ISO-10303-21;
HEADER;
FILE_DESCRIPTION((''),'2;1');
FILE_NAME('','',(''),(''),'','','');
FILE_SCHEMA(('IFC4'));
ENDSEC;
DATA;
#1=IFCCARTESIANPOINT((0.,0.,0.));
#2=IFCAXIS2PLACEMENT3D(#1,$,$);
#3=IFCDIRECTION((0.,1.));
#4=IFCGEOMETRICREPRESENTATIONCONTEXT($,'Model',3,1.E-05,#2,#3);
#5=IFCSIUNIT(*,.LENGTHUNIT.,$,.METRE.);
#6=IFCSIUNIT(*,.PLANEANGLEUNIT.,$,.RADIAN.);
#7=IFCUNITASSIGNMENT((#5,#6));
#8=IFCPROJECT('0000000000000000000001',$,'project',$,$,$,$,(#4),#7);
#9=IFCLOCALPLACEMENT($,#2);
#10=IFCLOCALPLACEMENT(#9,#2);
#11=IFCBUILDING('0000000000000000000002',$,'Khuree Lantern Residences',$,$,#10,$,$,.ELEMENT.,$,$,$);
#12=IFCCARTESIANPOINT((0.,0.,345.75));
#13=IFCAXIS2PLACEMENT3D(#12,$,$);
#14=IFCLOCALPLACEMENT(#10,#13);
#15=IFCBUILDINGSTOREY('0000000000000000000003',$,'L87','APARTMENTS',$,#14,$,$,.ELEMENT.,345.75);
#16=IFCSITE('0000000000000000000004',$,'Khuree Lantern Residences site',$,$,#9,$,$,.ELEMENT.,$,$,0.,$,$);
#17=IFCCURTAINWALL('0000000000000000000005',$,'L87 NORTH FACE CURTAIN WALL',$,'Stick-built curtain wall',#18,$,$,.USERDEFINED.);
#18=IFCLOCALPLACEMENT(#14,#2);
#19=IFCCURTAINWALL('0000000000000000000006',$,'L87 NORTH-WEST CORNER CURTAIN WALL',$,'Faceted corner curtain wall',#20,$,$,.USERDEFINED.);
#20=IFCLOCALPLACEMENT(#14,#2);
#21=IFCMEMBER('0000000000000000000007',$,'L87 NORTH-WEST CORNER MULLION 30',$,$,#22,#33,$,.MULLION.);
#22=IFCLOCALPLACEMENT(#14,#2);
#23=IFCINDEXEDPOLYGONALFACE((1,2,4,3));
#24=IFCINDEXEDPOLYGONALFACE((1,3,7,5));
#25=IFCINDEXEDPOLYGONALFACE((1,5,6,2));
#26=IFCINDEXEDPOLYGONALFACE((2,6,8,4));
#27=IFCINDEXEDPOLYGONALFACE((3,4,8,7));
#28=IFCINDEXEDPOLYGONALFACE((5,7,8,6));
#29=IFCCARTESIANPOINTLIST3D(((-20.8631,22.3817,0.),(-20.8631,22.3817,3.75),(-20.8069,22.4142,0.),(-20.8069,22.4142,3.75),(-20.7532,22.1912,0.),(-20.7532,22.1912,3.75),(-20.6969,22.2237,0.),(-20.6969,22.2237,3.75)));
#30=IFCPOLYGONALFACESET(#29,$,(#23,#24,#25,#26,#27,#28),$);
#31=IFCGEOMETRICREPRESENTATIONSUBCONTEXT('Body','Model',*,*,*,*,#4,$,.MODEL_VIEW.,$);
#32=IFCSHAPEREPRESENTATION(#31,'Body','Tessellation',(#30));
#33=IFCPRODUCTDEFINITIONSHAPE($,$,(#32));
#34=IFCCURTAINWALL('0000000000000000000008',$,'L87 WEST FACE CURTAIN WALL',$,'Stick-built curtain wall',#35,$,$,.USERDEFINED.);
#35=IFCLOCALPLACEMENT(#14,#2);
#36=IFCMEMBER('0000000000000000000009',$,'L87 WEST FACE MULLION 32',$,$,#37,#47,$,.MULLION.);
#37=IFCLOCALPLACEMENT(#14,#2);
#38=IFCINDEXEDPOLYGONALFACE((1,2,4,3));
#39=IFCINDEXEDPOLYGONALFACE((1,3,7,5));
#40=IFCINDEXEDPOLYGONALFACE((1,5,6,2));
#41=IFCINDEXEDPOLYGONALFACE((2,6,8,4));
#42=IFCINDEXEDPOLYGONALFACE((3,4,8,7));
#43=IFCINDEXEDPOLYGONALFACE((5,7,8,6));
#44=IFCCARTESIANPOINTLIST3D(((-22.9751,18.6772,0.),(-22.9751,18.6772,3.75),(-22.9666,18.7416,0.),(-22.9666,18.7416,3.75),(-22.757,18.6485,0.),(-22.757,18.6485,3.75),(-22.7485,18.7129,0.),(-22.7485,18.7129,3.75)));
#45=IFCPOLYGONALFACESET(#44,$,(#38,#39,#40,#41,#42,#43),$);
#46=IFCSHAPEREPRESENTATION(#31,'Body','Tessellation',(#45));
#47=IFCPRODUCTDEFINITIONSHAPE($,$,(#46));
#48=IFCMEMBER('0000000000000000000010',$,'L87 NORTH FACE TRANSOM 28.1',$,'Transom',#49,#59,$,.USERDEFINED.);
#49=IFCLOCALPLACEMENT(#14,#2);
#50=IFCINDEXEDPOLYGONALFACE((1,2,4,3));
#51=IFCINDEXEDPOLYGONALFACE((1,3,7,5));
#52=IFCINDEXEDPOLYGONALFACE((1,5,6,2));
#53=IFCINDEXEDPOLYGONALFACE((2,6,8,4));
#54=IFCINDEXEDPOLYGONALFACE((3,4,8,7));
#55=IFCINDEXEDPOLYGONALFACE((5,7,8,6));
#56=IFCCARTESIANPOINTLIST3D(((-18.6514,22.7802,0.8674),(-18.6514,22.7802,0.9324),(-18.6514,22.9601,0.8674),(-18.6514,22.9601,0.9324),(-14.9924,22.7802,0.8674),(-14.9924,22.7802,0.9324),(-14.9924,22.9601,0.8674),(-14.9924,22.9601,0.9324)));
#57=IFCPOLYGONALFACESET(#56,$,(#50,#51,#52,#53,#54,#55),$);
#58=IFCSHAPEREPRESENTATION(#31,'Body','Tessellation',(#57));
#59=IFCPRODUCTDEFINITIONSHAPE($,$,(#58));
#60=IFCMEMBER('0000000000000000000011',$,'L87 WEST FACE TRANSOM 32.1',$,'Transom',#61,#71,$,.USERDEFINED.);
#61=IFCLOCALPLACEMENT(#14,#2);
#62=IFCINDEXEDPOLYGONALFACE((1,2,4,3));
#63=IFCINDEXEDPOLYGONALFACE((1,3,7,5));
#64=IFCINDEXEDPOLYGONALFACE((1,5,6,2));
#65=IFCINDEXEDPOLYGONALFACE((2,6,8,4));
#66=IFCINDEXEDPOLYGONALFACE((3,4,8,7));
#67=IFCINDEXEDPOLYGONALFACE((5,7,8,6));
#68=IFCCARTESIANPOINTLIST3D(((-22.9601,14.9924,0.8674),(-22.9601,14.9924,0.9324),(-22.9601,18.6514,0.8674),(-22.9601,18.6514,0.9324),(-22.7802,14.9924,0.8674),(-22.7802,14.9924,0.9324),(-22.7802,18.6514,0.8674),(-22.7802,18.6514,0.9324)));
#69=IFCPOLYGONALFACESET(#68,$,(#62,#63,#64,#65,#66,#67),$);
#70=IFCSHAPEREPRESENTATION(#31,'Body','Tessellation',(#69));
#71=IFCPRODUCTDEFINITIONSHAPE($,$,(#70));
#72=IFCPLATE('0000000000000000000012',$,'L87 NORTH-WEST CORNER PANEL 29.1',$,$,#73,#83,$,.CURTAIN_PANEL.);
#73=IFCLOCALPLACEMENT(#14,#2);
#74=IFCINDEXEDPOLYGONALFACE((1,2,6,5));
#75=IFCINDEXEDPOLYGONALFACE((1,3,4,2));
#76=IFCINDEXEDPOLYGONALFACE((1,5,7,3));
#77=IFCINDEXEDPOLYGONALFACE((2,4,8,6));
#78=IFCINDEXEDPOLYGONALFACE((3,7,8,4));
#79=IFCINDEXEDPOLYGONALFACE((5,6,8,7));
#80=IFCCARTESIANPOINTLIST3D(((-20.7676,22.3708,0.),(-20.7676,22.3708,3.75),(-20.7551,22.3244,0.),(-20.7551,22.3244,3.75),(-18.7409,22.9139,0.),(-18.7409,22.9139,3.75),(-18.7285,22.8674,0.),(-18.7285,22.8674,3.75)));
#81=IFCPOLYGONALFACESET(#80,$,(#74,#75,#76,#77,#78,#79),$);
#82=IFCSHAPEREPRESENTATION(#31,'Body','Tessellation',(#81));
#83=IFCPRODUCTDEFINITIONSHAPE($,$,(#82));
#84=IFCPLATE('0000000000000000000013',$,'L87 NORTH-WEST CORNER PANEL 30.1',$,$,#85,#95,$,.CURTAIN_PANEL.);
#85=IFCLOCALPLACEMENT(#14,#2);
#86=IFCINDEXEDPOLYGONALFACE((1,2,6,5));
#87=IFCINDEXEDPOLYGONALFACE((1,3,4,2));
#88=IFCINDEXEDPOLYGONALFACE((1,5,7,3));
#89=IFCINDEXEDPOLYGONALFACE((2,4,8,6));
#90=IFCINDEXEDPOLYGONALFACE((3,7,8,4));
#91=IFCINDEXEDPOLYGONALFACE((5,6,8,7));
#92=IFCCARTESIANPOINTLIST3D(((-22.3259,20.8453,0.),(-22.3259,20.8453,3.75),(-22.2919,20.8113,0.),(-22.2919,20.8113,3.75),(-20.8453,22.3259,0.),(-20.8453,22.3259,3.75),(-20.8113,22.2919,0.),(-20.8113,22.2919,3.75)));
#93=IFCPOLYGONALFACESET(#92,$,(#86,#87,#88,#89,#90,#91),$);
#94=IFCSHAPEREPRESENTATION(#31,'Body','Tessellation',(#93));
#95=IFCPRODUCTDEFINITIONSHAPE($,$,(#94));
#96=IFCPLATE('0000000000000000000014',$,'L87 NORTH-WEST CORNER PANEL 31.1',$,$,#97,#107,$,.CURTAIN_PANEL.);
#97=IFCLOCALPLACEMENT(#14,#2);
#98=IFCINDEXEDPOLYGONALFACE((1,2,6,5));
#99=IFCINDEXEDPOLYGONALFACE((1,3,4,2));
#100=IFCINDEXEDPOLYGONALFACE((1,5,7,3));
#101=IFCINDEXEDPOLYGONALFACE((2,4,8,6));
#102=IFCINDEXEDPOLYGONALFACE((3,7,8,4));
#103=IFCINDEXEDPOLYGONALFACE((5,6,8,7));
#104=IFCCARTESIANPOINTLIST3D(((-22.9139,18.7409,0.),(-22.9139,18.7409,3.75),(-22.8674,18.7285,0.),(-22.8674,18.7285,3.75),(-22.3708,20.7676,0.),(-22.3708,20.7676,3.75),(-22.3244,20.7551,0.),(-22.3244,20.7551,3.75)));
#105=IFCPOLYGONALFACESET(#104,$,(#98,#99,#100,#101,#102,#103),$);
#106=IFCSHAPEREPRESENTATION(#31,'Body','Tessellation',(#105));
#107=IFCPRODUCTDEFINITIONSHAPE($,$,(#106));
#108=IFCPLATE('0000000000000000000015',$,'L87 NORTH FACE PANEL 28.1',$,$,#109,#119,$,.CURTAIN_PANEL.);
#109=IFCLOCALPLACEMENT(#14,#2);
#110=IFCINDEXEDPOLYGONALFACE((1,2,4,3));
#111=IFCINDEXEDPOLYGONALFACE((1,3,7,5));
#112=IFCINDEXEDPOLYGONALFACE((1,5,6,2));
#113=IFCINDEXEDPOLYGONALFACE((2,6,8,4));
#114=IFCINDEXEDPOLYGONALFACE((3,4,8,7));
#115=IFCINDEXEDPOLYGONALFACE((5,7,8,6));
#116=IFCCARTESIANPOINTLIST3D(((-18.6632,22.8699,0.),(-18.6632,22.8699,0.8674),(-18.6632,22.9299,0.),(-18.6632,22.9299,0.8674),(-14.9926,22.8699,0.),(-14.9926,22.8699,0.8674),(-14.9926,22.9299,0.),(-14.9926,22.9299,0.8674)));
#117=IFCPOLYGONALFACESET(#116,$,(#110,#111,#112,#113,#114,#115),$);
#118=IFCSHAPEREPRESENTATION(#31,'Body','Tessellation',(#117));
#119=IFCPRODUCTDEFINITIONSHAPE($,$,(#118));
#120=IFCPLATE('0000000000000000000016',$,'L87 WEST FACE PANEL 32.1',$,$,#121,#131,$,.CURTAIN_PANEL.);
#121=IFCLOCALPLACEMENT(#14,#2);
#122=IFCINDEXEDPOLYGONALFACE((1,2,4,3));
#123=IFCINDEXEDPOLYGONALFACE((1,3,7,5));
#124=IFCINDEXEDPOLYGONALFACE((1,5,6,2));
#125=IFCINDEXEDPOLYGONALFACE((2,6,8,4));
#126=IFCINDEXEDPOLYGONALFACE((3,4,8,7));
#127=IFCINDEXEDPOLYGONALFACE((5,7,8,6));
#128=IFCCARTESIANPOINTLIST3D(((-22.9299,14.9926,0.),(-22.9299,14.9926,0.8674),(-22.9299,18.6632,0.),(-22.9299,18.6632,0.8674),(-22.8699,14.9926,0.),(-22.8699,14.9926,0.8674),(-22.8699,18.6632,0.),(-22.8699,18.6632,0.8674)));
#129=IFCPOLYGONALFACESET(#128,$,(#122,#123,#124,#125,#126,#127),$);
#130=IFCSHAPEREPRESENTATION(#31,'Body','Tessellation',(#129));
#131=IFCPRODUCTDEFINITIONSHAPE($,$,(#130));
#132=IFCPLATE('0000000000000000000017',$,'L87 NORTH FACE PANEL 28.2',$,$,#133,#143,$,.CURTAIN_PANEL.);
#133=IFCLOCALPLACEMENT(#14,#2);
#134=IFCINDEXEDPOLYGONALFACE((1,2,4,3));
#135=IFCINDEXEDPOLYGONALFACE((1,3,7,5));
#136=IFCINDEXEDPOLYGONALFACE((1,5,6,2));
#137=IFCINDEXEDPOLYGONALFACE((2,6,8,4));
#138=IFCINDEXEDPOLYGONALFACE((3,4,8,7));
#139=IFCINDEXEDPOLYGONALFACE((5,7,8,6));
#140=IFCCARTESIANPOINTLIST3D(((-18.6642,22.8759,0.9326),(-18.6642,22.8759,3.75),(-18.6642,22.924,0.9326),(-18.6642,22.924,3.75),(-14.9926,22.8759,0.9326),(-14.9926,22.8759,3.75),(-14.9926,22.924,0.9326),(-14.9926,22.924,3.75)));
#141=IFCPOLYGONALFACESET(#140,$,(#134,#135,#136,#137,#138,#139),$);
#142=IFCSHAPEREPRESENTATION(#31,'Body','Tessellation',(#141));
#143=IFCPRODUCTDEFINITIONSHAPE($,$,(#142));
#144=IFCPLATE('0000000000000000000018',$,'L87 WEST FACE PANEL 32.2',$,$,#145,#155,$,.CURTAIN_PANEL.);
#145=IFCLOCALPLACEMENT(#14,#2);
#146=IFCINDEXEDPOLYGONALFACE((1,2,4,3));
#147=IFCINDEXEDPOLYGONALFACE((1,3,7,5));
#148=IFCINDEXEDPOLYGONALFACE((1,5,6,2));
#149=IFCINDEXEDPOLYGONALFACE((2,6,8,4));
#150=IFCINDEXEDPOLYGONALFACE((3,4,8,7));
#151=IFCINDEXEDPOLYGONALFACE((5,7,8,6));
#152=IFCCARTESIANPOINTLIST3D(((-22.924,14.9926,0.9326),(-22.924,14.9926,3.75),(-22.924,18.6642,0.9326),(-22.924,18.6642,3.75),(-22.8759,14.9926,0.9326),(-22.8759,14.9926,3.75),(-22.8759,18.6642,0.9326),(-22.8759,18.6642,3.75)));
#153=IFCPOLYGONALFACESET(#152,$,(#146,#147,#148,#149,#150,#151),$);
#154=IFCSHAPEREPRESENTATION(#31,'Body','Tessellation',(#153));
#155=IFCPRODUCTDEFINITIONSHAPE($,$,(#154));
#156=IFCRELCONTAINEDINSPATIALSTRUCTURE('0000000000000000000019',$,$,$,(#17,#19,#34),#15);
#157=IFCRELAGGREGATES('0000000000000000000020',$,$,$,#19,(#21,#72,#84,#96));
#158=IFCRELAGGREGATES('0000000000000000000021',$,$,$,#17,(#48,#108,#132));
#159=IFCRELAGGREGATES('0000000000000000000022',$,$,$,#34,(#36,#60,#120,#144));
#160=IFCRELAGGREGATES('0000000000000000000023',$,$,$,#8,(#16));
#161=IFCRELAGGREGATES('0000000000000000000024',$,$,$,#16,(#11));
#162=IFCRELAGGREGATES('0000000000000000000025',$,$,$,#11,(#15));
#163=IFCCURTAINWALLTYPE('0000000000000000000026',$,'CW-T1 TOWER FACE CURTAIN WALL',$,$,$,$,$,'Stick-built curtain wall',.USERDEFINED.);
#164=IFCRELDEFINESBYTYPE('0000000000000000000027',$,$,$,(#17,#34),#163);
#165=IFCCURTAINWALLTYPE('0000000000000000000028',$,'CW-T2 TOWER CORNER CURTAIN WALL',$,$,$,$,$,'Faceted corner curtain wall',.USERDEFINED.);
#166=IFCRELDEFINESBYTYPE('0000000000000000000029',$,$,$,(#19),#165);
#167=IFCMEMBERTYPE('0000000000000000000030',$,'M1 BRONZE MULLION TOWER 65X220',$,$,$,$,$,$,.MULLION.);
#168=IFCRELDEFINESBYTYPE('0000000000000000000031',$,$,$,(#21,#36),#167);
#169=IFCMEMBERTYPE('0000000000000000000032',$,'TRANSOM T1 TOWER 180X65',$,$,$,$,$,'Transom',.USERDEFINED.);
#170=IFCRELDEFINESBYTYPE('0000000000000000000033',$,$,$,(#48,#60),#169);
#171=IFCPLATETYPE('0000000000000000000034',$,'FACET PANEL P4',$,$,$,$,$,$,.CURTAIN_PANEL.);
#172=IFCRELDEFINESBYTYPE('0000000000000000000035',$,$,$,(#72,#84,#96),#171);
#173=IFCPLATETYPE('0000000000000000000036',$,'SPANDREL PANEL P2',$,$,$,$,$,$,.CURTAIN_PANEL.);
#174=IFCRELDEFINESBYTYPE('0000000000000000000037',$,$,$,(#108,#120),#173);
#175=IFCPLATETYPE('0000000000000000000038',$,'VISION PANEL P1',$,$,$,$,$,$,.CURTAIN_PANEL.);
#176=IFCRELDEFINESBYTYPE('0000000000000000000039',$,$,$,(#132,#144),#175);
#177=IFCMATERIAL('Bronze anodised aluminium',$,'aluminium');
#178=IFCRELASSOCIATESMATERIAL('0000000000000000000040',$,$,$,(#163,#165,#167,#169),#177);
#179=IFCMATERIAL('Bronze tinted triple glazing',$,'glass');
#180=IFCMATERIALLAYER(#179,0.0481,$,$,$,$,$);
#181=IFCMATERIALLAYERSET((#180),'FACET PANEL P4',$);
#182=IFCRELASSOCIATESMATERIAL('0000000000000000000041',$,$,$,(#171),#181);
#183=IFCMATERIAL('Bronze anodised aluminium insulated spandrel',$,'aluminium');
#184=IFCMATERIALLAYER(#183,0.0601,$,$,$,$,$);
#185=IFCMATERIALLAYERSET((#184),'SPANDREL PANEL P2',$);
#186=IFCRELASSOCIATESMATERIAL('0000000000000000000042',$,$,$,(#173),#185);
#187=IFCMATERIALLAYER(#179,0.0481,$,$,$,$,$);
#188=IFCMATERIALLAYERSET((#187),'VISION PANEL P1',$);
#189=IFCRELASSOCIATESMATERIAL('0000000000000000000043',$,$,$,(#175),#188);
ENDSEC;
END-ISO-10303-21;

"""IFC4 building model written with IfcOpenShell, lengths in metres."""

from ifc_helpers import new_model, si_unit, direction, frame, origin, origin_2d, place, context, subcontext, project, spatial, rectangle, extrude, material, layer, layer_set, material_profile, profile_set, type_object, element, aggregate, save


model = new_model("IFC4")

# Units and contexts
model_context = context("Model", 3, precision=1e-05, world=origin(), true_north=direction((0.0, 1.0)))
body_context = subcontext(model_context, "Body", "Model", "MODEL_VIEW")
ifc_project = project(units=[si_unit("LENGTHUNIT", "METRE"), si_unit("PLANEANGLEUNIT", "RADIAN")], contexts=[model_context])

# Site, building, storey
site_placement = place(None, origin())
site = spatial("IfcSite", under=ifc_project, at=site_placement, Name="Khuree Lantern Residences site", CompositionType="ELEMENT", RefElevation=0.0)
building_placement = place(site_placement, origin())
building = spatial("IfcBuilding", under=site, at=building_placement, Name="Khuree Lantern Residences", CompositionType="ELEMENT")
storey_placement = place(building_placement, frame((0.0, 0.0, 345.75)))
storey = spatial("IfcBuildingStorey", under=building, at=storey_placement, Name="L87", Description="APARTMENTS", CompositionType="ELEMENT", Elevation=345.75)

# Curtain walls
ifc_material_1 = material(Name="Bronze anodised aluminium", Category="aluminium")
curtain_wall_type_1 = type_object("IfcCurtainWallType", Name="CW-T1 TOWER FACE CURTAIN WALL", ElementType="Stick-built curtain wall", PredefinedType="USERDEFINED", material=ifc_material_1)
curtain_wall_1_placement = place(storey_placement, origin())
curtain_wall_1 = element("IfcCurtainWall", 1, at=curtain_wall_1_placement, inside=storey, type_object=curtain_wall_type_1, Name="L87 NORTH FACE CURTAIN WALL", ObjectType="Stick-built curtain wall", PredefinedType="USERDEFINED")
curtain_wall_type_2 = type_object("IfcCurtainWallType", Name="CW-T2 TOWER CORNER CURTAIN WALL", ElementType="Faceted corner curtain wall", PredefinedType="USERDEFINED", material=ifc_material_1)
curtain_wall_2_placement = place(storey_placement, origin())
curtain_wall_2 = element("IfcCurtainWall", 2, at=curtain_wall_2_placement, inside=storey, type_object=curtain_wall_type_2, Name="L87 NORTH-WEST CORNER CURTAIN WALL", ObjectType="Faceted corner curtain wall", PredefinedType="USERDEFINED")

# Member
ifc_material_profile_1 = material_profile(ifc_material_1, rectangle(XDim=0.0649, YDim=0.22, at=origin_2d()), Name="M1 65X220")
ifc_profile_set_1 = profile_set([ifc_material_profile_1], Name="Bronze anodised aluminium")
member_type_1 = type_object("IfcMemberType", Name="M1 BRONZE MULLION TOWER 65X220", PredefinedType="MULLION", material=ifc_profile_set_1)
member_1_placement = place(storey_placement, frame((-20.78, 22.3027, 0.0), z_axis=(0.0, 0.0, 1.0), x_axis=(-0.866025, -0.5, 0.0)))
member_1 = element("IfcMember", 3, at=member_1_placement, type_object=member_type_1, Name="L87 NORTH-WEST CORNER MULLION 30", PredefinedType="MULLION", context=body_context, shape_type="SweptSolid", body=[
    extrude(rectangle(XDim=0.0649, YDim=0.22, at=origin_2d()), origin(), (0.0, 0.0, 1.0), 3.75),
])

# Curtain wall, member
curtain_wall_3_placement = place(storey_placement, origin())
curtain_wall_3 = element("IfcCurtainWall", 4, at=curtain_wall_3_placement, inside=storey, type_object=curtain_wall_type_1, Name="L87 WEST FACE CURTAIN WALL", ObjectType="Stick-built curtain wall", PredefinedType="USERDEFINED")
member_2_placement = place(storey_placement, frame((-22.8618, 18.6951, 0.0), z_axis=(0.0, 0.0, 1.0), x_axis=(-0.130526, -0.991445, 0.0)))
member_2 = element("IfcMember", 5, at=member_2_placement, type_object=member_type_1, Name="L87 WEST FACE MULLION 32", PredefinedType="MULLION", context=body_context, shape_type="SweptSolid", body=[
    extrude(rectangle(XDim=0.0649, YDim=0.22, at=origin_2d()), origin(), (0.0, 0.0, 1.0), 3.75),
])

# Members
ifc_material_profile_2 = material_profile(ifc_material_1, rectangle(XDim=0.1799, YDim=0.0649, at=origin_2d()), Name="T1 180X65")
ifc_profile_set_2 = profile_set([ifc_material_profile_2], Name="Bronze anodised aluminium")
member_type_2 = type_object("IfcMemberType", Name="TRANSOM T1 TOWER 180X65", ElementType="Transom", PredefinedType="USERDEFINED", material=ifc_profile_set_2)
member_3_placement = place(storey_placement, frame((-14.9924, 22.8701, 0.8999), z_axis=(-1.0, 0.0, 0.0), x_axis=(0.0, -1.0, 0.0)))
member_3 = element("IfcMember", 6, at=member_3_placement, type_object=member_type_2, Name="L87 NORTH FACE TRANSOM 28.1", ObjectType="Transom", PredefinedType="USERDEFINED", context=body_context, shape_type="SweptSolid", body=[
    extrude(rectangle(XDim=0.1799, YDim=0.0649, at=origin_2d()), origin(), (0.0, 0.0, 1.0), 3.6589),
])
member_4_placement = place(storey_placement, frame((-22.8701, 18.6514, 0.8999), z_axis=(0.0, -1.0, 0.0), x_axis=(1.0, 0.0, 0.0)))
member_4 = element("IfcMember", 7, at=member_4_placement, type_object=member_type_2, Name="L87 WEST FACE TRANSOM 32.1", ObjectType="Transom", PredefinedType="USERDEFINED", context=body_context, shape_type="SweptSolid", body=[
    extrude(rectangle(XDim=0.1799, YDim=0.0649, at=origin_2d()), origin(), (0.0, 0.0, 1.0), 3.6589),
])

# Plates
ifc_material_2 = material(Name="Bronze tinted triple glazing", Category="glass")
ifc_layer_1 = layer(ifc_material_2, 0.0481)
ifc_layer_set_1 = layer_set([ifc_layer_1], Name="FACET PANEL P4")
plate_type_1 = type_object("IfcPlateType", Name="FACET PANEL P4", PredefinedType="CURTAIN_PANEL", material=ifc_layer_set_1)
plate_1_placement = place(storey_placement, frame((-19.748, 22.6191, 0.0), z_axis=(0.0, 0.0, 1.0), x_axis=(-0.965926, -0.258819, 0.0)))
plate_1 = element("IfcPlate", 8, at=plate_1_placement, type_object=plate_type_1, Name="L87 NORTH-WEST CORNER PANEL 29.1", PredefinedType="CURTAIN_PANEL", context=body_context, shape_type="SweptSolid", body=[
    extrude(rectangle(XDim=2.0981, YDim=0.0481, at=origin_2d()), origin(), (0.0, 0.0, 1.0), 3.75),
])
plate_2_placement = place(storey_placement, frame((-21.5686, 21.5686, 0.0), z_axis=(0.0, 0.0, 1.0), x_axis=(-0.707107, -0.707107, 0.0)))
plate_2 = element("IfcPlate", 9, at=plate_2_placement, type_object=plate_type_1, Name="L87 NORTH-WEST CORNER PANEL 30.1", PredefinedType="CURTAIN_PANEL", context=body_context, shape_type="SweptSolid", body=[
    extrude(rectangle(XDim=2.094, YDim=0.0481, at=origin_2d()), origin(), (0.0, 0.0, 1.0), 3.75),
])
plate_3_placement = place(storey_placement, frame((-22.6191, 19.748, 0.0), z_axis=(0.0, 0.0, 1.0), x_axis=(-0.258819, -0.965926, 0.0)))
plate_3 = element("IfcPlate", 10, at=plate_3_placement, type_object=plate_type_1, Name="L87 NORTH-WEST CORNER PANEL 31.1", PredefinedType="CURTAIN_PANEL", context=body_context, shape_type="SweptSolid", body=[
    extrude(rectangle(XDim=2.0981, YDim=0.0481, at=origin_2d()), origin(), (0.0, 0.0, 1.0), 3.75),
])
aggregate(curtain_wall_2, [member_1, plate_1, plate_2, plate_3])
ifc_material_3 = material(Name="Bronze anodised aluminium insulated spandrel", Category="aluminium")
ifc_layer_2 = layer(ifc_material_3, 0.0601)
ifc_layer_set_2 = layer_set([ifc_layer_2], Name="SPANDREL PANEL P2")
plate_type_2 = type_object("IfcPlateType", Name="SPANDREL PANEL P2", PredefinedType="CURTAIN_PANEL", material=ifc_layer_set_2)
plate_4_placement = place(storey_placement, frame((-16.8279, 22.8999, 0.0), z_axis=(0.0, 0.0, 1.0), x_axis=(-1.0, 0.0, 0.0)))
plate_4 = element("IfcPlate", 11, at=plate_4_placement, type_object=plate_type_2, Name="L87 NORTH FACE PANEL 28.1", PredefinedType="CURTAIN_PANEL", context=body_context, shape_type="SweptSolid", body=[
    extrude(rectangle(XDim=3.6707, YDim=0.0601, at=origin_2d()), origin(), (0.0, 0.0, 1.0), 0.8674),
])
plate_5_placement = place(storey_placement, frame((-22.8999, 16.8279, 0.0), z_axis=(0.0, 0.0, 1.0), x_axis=(0.0, -1.0, 0.0)))
plate_5 = element("IfcPlate", 12, at=plate_5_placement, type_object=plate_type_2, Name="L87 WEST FACE PANEL 32.1", PredefinedType="CURTAIN_PANEL", context=body_context, shape_type="SweptSolid", body=[
    extrude(rectangle(XDim=3.6707, YDim=0.0601, at=origin_2d()), origin(), (0.0, 0.0, 1.0), 0.8674),
])
ifc_layer_3 = layer(ifc_material_2, 0.0481)
ifc_layer_set_3 = layer_set([ifc_layer_3], Name="VISION PANEL P1")
plate_type_3 = type_object("IfcPlateType", Name="VISION PANEL P1", PredefinedType="CURTAIN_PANEL", material=ifc_layer_set_3)
plate_6_placement = place(storey_placement, frame((-16.8284, 22.8999, 0.9326), z_axis=(0.0, 0.0, 1.0), x_axis=(-1.0, 0.0, 0.0)))
plate_6 = element("IfcPlate", 13, at=plate_6_placement, type_object=plate_type_3, Name="L87 NORTH FACE PANEL 28.2", PredefinedType="CURTAIN_PANEL", context=body_context, shape_type="SweptSolid", body=[
    extrude(rectangle(XDim=3.6716, YDim=0.0481, at=origin_2d()), origin(), (0.0, 0.0, 1.0), 2.8174),
])
aggregate(curtain_wall_1, [member_3, plate_4, plate_6])
plate_7_placement = place(storey_placement, frame((-22.8999, 16.8284, 0.9326), z_axis=(0.0, 0.0, 1.0), x_axis=(0.0, -1.0, 0.0)))
plate_7 = element("IfcPlate", 14, at=plate_7_placement, type_object=plate_type_3, Name="L87 WEST FACE PANEL 32.2", PredefinedType="CURTAIN_PANEL", context=body_context, shape_type="SweptSolid", body=[
    extrude(rectangle(XDim=3.6716, YDim=0.0481, at=origin_2d()), origin(), (0.0, 0.0, 1.0), 2.8174),
])
aggregate(curtain_wall_3, [member_2, member_4, plate_5, plate_7])

save(model, "model.ifc")
